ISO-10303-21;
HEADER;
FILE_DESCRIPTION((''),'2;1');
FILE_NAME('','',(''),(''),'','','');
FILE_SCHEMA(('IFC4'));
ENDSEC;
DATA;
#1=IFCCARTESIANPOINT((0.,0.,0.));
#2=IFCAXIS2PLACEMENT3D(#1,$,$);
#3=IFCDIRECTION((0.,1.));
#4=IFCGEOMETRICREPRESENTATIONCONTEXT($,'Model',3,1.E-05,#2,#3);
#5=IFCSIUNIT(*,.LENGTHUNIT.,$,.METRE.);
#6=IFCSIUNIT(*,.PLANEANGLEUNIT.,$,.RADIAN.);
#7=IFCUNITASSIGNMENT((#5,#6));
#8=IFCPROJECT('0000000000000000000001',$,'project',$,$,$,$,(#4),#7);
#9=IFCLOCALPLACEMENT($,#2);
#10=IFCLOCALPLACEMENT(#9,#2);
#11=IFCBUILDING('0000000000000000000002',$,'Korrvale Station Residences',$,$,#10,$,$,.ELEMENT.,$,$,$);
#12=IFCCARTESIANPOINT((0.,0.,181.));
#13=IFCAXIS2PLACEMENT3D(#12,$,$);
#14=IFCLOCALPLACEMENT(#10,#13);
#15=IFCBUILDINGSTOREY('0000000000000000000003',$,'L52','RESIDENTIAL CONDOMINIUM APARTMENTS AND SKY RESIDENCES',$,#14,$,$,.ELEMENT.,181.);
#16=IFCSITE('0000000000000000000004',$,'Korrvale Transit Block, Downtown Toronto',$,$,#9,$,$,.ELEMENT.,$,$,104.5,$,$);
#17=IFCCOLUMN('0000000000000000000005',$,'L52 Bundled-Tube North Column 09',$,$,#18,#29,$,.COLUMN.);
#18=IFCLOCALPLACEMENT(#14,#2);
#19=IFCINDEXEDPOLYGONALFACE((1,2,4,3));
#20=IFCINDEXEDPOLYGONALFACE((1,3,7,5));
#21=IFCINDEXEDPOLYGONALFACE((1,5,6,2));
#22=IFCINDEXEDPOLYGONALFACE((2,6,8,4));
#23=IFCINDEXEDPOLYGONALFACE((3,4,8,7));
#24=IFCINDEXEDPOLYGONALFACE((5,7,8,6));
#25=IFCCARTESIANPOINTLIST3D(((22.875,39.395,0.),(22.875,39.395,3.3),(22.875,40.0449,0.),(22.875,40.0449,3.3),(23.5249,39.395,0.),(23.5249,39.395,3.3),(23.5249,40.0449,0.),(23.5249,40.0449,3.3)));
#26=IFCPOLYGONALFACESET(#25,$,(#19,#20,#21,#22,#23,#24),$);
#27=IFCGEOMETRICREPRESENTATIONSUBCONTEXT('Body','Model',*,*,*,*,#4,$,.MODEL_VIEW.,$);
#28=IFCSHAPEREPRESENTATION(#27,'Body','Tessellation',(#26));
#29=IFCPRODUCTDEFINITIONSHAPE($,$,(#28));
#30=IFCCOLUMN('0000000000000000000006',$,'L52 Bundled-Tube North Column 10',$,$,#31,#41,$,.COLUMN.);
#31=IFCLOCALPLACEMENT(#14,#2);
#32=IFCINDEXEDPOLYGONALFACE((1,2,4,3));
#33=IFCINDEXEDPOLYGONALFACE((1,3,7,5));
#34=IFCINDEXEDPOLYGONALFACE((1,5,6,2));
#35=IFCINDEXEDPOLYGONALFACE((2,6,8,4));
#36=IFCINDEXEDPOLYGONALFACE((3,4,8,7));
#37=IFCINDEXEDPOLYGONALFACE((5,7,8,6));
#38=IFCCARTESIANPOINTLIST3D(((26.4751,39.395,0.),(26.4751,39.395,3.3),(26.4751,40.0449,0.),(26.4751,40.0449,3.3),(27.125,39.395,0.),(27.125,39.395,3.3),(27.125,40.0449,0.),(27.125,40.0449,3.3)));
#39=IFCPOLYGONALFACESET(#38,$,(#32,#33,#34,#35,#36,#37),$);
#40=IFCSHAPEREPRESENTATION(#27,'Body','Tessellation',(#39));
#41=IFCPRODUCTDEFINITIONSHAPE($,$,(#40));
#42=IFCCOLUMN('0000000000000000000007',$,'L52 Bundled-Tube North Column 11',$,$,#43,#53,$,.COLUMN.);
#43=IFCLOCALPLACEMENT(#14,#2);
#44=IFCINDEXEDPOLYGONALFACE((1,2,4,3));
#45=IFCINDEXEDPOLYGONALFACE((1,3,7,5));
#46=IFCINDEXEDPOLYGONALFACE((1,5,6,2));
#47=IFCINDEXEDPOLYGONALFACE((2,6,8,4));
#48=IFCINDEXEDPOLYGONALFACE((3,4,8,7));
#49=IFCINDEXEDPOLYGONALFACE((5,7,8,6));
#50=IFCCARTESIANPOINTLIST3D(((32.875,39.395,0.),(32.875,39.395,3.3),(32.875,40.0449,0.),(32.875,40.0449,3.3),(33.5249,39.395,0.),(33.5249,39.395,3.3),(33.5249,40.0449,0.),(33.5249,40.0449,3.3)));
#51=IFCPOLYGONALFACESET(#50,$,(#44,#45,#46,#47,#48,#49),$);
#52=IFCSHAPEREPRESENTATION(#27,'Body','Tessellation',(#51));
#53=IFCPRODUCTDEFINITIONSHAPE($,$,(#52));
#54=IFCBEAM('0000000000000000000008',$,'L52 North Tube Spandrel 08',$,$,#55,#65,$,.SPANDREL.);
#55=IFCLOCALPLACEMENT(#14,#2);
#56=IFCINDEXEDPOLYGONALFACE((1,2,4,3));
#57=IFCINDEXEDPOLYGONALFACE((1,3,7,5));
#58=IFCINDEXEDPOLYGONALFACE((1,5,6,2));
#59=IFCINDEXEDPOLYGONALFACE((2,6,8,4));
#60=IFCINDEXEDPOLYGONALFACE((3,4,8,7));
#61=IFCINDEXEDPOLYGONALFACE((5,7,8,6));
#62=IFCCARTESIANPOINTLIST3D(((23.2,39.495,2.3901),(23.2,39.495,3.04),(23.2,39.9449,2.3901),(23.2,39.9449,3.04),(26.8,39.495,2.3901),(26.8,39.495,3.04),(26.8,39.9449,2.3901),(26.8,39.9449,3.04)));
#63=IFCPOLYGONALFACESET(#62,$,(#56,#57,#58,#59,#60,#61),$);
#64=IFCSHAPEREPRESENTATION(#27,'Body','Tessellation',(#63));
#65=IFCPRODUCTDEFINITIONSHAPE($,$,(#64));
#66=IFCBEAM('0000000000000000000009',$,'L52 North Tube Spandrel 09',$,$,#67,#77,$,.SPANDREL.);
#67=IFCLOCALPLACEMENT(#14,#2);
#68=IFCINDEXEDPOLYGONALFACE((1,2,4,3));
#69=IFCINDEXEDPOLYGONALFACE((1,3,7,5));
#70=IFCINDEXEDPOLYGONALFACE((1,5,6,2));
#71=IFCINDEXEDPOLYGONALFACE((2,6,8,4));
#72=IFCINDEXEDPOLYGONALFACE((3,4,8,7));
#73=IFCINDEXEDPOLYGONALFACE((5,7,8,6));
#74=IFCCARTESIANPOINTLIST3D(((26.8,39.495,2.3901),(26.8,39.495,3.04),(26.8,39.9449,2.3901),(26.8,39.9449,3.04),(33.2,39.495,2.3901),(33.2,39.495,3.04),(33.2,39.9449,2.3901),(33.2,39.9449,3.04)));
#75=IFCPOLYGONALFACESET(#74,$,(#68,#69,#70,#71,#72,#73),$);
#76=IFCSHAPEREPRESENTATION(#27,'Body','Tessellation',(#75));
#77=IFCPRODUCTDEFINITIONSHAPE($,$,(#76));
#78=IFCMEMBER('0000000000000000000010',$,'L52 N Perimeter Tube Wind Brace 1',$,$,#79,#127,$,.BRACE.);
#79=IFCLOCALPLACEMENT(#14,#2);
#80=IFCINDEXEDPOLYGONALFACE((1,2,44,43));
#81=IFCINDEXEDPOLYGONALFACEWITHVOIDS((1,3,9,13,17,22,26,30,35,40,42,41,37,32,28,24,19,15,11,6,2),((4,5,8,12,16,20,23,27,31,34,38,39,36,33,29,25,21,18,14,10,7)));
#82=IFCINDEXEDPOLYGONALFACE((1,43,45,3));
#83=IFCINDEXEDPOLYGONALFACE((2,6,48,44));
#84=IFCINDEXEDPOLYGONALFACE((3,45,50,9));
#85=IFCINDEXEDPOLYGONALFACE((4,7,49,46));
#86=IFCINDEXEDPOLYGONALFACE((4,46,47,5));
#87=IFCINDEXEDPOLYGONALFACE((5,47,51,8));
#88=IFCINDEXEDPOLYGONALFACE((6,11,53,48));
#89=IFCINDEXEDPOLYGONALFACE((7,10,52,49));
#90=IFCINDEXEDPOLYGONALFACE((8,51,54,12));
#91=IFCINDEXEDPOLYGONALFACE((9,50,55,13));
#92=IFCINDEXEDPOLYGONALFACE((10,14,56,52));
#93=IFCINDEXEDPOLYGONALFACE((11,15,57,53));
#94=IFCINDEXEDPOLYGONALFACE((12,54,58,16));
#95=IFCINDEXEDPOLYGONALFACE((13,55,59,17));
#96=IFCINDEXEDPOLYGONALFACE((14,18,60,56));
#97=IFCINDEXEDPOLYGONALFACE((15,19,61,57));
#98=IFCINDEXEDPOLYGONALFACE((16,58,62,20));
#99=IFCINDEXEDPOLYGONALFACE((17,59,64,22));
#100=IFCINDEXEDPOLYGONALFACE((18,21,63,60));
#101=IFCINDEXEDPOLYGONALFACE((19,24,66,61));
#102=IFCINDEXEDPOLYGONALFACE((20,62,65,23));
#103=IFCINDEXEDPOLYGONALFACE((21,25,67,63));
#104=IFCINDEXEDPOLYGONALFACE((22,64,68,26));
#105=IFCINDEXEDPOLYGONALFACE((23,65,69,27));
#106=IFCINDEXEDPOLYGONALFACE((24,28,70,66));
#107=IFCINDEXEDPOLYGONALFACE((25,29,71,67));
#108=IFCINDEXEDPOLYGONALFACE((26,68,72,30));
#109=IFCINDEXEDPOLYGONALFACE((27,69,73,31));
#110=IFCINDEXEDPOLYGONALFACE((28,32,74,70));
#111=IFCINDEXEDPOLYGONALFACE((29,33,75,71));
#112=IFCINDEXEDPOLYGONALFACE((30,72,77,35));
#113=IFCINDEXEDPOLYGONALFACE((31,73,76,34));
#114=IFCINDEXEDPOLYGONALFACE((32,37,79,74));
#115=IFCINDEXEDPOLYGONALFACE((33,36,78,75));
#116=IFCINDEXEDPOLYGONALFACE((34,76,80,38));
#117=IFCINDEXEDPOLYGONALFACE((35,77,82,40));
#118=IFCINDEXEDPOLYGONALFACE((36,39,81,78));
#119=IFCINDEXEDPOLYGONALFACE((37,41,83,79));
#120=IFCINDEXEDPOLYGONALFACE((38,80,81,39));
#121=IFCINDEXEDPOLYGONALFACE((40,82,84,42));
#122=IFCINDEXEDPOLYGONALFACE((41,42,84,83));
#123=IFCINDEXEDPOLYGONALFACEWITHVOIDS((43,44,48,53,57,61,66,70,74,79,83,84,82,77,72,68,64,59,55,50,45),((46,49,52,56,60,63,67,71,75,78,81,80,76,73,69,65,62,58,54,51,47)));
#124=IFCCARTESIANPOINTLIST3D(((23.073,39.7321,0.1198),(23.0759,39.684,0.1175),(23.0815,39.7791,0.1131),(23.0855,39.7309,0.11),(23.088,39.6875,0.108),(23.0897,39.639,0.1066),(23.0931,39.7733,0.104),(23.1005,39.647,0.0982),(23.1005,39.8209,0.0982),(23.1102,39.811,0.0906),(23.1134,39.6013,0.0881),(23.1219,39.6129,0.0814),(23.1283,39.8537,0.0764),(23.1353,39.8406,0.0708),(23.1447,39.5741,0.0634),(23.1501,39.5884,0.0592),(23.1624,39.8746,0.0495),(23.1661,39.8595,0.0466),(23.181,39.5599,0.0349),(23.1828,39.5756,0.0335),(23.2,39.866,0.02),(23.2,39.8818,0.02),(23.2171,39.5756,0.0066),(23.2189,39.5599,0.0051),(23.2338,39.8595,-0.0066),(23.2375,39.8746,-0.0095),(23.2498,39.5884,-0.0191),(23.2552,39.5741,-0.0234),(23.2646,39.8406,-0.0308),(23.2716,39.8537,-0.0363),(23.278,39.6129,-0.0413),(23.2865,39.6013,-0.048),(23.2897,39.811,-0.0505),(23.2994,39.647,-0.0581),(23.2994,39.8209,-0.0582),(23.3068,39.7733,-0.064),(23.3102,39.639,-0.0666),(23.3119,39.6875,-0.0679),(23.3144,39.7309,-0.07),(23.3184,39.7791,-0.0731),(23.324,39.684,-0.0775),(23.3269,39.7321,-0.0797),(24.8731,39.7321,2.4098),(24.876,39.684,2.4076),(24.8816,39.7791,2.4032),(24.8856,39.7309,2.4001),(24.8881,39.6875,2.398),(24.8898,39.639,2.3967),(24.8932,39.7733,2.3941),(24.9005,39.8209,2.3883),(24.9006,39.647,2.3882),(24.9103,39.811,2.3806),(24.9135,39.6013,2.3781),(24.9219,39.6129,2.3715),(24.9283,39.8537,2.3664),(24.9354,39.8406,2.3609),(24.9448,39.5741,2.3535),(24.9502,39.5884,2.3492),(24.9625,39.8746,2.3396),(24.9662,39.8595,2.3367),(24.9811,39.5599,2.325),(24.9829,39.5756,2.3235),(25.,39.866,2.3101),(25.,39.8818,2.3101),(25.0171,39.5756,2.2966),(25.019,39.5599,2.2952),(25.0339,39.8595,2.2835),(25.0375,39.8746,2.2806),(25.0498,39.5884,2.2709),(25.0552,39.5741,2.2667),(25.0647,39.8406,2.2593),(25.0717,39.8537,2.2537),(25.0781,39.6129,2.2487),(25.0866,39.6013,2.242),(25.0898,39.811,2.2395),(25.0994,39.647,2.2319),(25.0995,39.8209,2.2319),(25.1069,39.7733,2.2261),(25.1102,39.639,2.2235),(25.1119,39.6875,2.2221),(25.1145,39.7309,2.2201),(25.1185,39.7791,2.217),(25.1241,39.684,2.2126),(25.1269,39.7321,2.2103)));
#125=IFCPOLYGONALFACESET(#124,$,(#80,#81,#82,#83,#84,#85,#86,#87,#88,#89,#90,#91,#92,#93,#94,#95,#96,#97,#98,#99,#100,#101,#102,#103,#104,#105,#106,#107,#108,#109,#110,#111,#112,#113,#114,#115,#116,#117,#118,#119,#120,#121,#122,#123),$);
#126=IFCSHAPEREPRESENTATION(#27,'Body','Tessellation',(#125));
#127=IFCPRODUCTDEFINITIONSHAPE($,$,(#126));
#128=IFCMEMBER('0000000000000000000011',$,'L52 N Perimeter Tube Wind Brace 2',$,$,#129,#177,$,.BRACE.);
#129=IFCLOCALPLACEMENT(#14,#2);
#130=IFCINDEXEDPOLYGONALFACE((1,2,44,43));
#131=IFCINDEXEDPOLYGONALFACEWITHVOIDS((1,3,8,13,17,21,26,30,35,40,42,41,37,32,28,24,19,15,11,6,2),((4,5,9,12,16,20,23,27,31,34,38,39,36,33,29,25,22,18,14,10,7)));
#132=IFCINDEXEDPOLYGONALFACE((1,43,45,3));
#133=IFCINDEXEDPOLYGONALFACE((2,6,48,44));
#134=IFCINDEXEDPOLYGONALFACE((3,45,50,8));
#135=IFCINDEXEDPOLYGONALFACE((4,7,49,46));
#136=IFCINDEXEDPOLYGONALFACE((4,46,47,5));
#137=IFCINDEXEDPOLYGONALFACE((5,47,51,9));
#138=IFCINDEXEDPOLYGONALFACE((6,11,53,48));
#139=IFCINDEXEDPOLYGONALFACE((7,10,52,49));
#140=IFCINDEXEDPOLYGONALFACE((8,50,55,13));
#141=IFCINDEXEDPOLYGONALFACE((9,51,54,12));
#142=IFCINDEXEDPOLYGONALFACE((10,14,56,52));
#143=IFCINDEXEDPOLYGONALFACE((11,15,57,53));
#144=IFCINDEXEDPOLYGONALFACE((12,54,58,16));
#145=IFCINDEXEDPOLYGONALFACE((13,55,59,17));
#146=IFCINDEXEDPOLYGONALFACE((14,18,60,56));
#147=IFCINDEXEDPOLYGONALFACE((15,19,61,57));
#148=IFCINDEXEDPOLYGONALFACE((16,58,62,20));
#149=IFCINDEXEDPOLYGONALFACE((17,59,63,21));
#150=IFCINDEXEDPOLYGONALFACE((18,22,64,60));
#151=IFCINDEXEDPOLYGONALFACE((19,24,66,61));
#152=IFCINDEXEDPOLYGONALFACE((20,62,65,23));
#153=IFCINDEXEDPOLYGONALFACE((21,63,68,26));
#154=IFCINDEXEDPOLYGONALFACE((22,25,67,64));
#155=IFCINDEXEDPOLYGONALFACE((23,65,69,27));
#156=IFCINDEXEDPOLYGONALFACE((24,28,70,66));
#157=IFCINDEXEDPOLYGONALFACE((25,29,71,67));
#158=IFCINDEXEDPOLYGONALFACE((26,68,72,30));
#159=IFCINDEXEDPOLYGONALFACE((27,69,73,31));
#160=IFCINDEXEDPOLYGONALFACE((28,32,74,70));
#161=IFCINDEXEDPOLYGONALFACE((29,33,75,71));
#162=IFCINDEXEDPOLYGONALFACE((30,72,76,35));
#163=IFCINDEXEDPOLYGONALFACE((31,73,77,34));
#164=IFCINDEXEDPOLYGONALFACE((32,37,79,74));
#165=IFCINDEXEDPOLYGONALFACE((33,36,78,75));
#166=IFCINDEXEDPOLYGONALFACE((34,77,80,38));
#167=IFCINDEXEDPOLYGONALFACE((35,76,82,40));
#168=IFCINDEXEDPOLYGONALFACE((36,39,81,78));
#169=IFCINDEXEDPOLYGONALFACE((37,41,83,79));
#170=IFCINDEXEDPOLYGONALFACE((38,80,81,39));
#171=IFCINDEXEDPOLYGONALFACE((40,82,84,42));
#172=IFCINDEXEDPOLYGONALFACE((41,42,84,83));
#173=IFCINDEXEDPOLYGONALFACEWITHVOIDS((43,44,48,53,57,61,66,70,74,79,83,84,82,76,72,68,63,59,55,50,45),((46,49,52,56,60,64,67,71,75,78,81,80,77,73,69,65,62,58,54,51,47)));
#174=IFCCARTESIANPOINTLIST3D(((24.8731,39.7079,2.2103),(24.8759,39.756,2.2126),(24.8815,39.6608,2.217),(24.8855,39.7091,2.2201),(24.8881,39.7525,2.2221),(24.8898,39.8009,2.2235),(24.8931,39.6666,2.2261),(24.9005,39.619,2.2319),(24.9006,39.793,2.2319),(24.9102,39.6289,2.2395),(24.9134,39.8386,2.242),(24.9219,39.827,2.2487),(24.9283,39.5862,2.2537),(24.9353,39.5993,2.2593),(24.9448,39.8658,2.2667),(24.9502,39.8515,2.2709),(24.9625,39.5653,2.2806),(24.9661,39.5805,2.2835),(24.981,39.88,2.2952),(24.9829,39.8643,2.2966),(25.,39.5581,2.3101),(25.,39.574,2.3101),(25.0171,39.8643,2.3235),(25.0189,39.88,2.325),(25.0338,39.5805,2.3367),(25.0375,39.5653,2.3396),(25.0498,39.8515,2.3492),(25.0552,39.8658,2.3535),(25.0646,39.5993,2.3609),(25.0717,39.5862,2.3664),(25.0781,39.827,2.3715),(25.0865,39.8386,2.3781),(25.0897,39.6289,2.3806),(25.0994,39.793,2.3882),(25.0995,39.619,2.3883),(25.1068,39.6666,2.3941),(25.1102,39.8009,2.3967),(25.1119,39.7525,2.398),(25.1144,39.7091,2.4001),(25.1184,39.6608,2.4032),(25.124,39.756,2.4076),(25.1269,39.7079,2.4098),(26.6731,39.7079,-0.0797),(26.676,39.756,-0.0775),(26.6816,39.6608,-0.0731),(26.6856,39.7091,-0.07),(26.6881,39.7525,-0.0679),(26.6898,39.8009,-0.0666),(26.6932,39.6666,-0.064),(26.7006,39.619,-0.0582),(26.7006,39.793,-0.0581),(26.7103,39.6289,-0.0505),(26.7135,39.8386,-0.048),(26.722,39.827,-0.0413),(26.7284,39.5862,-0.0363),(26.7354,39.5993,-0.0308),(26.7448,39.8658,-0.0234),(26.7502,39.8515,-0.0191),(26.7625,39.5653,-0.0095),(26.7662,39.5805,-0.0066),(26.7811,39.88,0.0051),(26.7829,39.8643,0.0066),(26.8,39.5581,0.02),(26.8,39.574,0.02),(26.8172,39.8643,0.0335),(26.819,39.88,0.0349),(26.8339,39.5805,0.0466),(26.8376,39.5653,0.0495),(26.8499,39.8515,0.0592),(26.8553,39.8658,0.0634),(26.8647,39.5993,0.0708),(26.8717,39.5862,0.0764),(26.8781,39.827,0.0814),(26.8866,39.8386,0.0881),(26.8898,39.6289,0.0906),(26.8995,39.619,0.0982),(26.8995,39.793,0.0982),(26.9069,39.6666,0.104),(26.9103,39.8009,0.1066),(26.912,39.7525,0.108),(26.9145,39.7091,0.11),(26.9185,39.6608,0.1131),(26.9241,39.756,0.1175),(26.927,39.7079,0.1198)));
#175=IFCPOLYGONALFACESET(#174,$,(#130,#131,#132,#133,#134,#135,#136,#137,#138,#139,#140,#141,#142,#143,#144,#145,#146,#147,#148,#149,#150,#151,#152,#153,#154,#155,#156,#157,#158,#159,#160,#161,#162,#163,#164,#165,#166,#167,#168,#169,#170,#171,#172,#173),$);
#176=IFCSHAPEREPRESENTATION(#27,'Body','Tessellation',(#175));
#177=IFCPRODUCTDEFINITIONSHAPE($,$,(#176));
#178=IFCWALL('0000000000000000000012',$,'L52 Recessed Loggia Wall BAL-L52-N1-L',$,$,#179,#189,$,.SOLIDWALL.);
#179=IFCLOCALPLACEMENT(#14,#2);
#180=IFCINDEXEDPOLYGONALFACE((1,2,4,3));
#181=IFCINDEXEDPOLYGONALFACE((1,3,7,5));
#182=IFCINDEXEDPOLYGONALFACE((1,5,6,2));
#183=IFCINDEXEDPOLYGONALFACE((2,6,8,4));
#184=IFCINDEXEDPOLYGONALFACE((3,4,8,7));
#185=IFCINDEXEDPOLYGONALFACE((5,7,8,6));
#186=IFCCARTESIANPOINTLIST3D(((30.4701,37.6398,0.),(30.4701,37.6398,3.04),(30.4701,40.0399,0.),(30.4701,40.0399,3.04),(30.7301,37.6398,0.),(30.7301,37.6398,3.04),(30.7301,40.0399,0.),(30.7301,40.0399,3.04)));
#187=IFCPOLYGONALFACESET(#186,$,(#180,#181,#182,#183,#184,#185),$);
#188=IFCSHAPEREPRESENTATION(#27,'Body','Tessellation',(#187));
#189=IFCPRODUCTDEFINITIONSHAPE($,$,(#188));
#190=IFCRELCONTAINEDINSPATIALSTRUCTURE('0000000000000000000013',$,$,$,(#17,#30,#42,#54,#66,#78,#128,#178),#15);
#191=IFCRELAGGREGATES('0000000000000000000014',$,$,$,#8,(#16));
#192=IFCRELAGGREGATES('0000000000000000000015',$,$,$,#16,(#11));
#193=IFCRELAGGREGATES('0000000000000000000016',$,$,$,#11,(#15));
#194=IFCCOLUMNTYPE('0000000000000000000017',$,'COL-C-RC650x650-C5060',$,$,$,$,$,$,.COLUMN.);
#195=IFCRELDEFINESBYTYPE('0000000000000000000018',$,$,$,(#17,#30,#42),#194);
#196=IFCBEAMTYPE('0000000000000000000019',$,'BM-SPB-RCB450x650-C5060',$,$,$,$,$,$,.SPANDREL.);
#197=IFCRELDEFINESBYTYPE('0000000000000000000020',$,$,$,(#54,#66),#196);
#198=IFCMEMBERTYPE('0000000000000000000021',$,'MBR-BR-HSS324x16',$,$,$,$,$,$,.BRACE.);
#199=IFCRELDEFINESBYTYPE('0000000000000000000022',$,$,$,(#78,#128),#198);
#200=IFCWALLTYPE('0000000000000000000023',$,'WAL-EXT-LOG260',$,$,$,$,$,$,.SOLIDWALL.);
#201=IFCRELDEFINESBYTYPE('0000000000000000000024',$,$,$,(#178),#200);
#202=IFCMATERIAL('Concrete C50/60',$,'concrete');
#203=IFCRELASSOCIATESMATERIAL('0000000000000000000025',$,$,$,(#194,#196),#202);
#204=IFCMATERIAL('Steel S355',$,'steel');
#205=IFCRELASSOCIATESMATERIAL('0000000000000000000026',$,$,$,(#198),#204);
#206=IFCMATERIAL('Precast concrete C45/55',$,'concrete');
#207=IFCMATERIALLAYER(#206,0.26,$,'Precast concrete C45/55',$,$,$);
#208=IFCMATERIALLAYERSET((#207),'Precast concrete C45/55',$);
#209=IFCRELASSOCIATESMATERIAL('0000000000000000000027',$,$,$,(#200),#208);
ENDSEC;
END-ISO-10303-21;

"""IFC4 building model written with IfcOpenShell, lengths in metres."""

from ifc_helpers import new_model, si_unit, direction, frame, frame_2d, origin, origin_2d, place, context, subcontext, project, spatial, rectangle, hollow_circle, extrude, material, layer, layer_set, material_profile, profile_set, type_object, element, save


model = new_model("IFC4")

# Units and contexts
model_context = context("Model", 3, precision=1e-05, world=origin(), true_north=direction((0.0, 1.0)))
body_context = subcontext(model_context, "Body", "Model", "MODEL_VIEW")
ifc_project = project(units=[si_unit("LENGTHUNIT", "METRE"), si_unit("PLANEANGLEUNIT", "RADIAN")], contexts=[model_context])

# Site, building, storey
site_placement = place(None, origin())
site = spatial("IfcSite", under=ifc_project, at=site_placement, Name="Korrvale Transit Block, Downtown Toronto", CompositionType="ELEMENT", RefElevation=104.5)
building_placement = place(site_placement, origin())
building = spatial("IfcBuilding", under=site, at=building_placement, Name="Korrvale Station Residences", CompositionType="ELEMENT")
storey_placement = place(building_placement, frame((0.0, 0.0, 181.0)))
storey = spatial("IfcBuildingStorey", under=building, at=storey_placement, Name="L52", Description="RESIDENTIAL CONDOMINIUM APARTMENTS AND SKY RESIDENCES", CompositionType="ELEMENT", Elevation=181.0)

# Columns
ifc_material_1 = material(Name="Concrete C50/60", Category="concrete")
ifc_material_profile_1 = material_profile(ifc_material_1, rectangle(XDim=0.6499, YDim=0.6499, at=origin_2d()), Name="RC650x650")
ifc_profile_set_1 = profile_set([ifc_material_profile_1], Name="Concrete C50/60")
column_type = type_object("IfcColumnType", Name="COL-C-RC650x650-C5060", PredefinedType="COLUMN", material=ifc_profile_set_1)
for number, where, z_axis, x_axis, name in (
    (1, (23.2, 39.72, 0.0), (0.0, 0.0, 1.0), (1.0, 0.0, 0.0), "L52 Bundled-Tube North Column 09"),
    (2, (26.8, 39.72, 0.0), (0.0, 0.0, 1.0), (1.0, 0.0, 0.0), "L52 Bundled-Tube North Column 10"),
    (3, (33.2, 39.72, 0.0), (0.0, 0.0, 1.0), (1.0, 0.0, 0.0), "L52 Bundled-Tube North Column 11"),
):
    element("IfcColumn", number, at=place(storey_placement, frame(where, z_axis=z_axis, x_axis=x_axis)), inside=storey, type_object=column_type, Name=name, PredefinedType="COLUMN", context=body_context, shape_type="SweptSolid", body=[
        extrude(rectangle(XDim=0.6499, YDim=0.6499, at=origin_2d()), origin(), (0.0, 0.0, 1.0), 3.3),
    ])

# Beams
ifc_material_profile_2 = material_profile(ifc_material_1, rectangle(XDim=0.45, YDim=0.6499, at=origin_2d()), Name="RCB450x650")
ifc_profile_set_2 = profile_set([ifc_material_profile_2], Name="Concrete C50/60")
beam_type = type_object("IfcBeamType", Name="BM-SPB-RCB450x650-C5060", PredefinedType="SPANDREL", material=ifc_profile_set_2)
beam_1_placement = place(storey_placement, frame((23.2, 39.72, 2.7151), z_axis=(1.0, 0.0, 0.0), x_axis=(0.0, 1.0, 0.0)))
element("IfcBeam", 4, at=beam_1_placement, inside=storey, type_object=beam_type, Name="L52 North Tube Spandrel 08", PredefinedType="SPANDREL", context=body_context, shape_type="SweptSolid", body=[
    extrude(rectangle(XDim=0.45, YDim=0.6499, at=origin_2d()), origin(), (0.0, 0.0, 1.0), 3.6001),
])
beam_2_placement = place(storey_placement, frame((26.8, 39.72, 2.7151), z_axis=(1.0, 0.0, 0.0), x_axis=(0.0, 1.0, 0.0)))
element("IfcBeam", 5, at=beam_2_placement, inside=storey, type_object=beam_type, Name="L52 North Tube Spandrel 09", PredefinedType="SPANDREL", context=body_context, shape_type="SweptSolid", body=[
    extrude(rectangle(XDim=0.45, YDim=0.6499, at=origin_2d()), origin(), (0.0, 0.0, 1.0), 6.3999),
])

# Members
ifc_material_2 = material(Name="Steel S355", Category="steel")
ifc_material_profile_3 = material_profile(ifc_material_2, hollow_circle(Radius=0.1619, WallThickness=0.0159, at=origin_2d()), Name="HSS324x16")
ifc_profile_set_3 = profile_set([ifc_material_profile_3], Name="Steel S355")
member_type = type_object("IfcMemberType", Name="MBR-BR-HSS324x16", PredefinedType="BRACE", material=ifc_profile_set_3)
for number, where, z_axis, x_axis, name in (
    (6, (23.2, 39.72, 0.02), (0.617977, 0.0, 0.786196), (0.0, 1.0, 0.0), "L52 N Perimeter Tube Wind Brace 1"),
    (7, (26.8, 39.72, 0.02), (-0.617977, 0.0, 0.786196), (0.0, -1.0, 0.0), "L52 N Perimeter Tube Wind Brace 2"),
):
    element("IfcMember", number, at=place(storey_placement, frame(where, z_axis=z_axis, x_axis=x_axis)), inside=storey, type_object=member_type, Name=name, PredefinedType="BRACE", context=body_context, shape_type="SweptSolid", body=[
        extrude(hollow_circle(Radius=0.1619, WallThickness=0.0159, at=origin_2d()), origin(), (0.0, 0.0, 1.0), 2.9128),
    ])

# Wall
ifc_material_3 = material(Name="Precast concrete C45/55", Category="concrete")
ifc_layer_1 = layer(ifc_material_3, 0.26, Name="Precast concrete C45/55")
ifc_layer_set_1 = layer_set([ifc_layer_1], Name="Precast concrete C45/55")
wall_type_1 = type_object("IfcWallType", Name="WAL-EXT-LOG260", PredefinedType="SOLIDWALL", material=ifc_layer_set_1)
wall_1_placement = place(storey_placement, frame((30.6001, 40.04, 0.0), z_axis=(0.0, 0.0, 1.0), x_axis=(0.0, -1.0, 0.0)))
element("IfcWall", 8, at=wall_1_placement, inside=storey, type_object=wall_type_1, Name="L52 Recessed Loggia Wall BAL-L52-N1-L", PredefinedType="SOLIDWALL", context=body_context, shape_type="SweptSolid", body=[
    extrude(rectangle(XDim=2.4001, YDim=0.26, at=frame_2d((1.2002, 0.0))), origin(), (0.0, 0.0, 1.0), 3.04),
])

save(model, "model.ifc")
